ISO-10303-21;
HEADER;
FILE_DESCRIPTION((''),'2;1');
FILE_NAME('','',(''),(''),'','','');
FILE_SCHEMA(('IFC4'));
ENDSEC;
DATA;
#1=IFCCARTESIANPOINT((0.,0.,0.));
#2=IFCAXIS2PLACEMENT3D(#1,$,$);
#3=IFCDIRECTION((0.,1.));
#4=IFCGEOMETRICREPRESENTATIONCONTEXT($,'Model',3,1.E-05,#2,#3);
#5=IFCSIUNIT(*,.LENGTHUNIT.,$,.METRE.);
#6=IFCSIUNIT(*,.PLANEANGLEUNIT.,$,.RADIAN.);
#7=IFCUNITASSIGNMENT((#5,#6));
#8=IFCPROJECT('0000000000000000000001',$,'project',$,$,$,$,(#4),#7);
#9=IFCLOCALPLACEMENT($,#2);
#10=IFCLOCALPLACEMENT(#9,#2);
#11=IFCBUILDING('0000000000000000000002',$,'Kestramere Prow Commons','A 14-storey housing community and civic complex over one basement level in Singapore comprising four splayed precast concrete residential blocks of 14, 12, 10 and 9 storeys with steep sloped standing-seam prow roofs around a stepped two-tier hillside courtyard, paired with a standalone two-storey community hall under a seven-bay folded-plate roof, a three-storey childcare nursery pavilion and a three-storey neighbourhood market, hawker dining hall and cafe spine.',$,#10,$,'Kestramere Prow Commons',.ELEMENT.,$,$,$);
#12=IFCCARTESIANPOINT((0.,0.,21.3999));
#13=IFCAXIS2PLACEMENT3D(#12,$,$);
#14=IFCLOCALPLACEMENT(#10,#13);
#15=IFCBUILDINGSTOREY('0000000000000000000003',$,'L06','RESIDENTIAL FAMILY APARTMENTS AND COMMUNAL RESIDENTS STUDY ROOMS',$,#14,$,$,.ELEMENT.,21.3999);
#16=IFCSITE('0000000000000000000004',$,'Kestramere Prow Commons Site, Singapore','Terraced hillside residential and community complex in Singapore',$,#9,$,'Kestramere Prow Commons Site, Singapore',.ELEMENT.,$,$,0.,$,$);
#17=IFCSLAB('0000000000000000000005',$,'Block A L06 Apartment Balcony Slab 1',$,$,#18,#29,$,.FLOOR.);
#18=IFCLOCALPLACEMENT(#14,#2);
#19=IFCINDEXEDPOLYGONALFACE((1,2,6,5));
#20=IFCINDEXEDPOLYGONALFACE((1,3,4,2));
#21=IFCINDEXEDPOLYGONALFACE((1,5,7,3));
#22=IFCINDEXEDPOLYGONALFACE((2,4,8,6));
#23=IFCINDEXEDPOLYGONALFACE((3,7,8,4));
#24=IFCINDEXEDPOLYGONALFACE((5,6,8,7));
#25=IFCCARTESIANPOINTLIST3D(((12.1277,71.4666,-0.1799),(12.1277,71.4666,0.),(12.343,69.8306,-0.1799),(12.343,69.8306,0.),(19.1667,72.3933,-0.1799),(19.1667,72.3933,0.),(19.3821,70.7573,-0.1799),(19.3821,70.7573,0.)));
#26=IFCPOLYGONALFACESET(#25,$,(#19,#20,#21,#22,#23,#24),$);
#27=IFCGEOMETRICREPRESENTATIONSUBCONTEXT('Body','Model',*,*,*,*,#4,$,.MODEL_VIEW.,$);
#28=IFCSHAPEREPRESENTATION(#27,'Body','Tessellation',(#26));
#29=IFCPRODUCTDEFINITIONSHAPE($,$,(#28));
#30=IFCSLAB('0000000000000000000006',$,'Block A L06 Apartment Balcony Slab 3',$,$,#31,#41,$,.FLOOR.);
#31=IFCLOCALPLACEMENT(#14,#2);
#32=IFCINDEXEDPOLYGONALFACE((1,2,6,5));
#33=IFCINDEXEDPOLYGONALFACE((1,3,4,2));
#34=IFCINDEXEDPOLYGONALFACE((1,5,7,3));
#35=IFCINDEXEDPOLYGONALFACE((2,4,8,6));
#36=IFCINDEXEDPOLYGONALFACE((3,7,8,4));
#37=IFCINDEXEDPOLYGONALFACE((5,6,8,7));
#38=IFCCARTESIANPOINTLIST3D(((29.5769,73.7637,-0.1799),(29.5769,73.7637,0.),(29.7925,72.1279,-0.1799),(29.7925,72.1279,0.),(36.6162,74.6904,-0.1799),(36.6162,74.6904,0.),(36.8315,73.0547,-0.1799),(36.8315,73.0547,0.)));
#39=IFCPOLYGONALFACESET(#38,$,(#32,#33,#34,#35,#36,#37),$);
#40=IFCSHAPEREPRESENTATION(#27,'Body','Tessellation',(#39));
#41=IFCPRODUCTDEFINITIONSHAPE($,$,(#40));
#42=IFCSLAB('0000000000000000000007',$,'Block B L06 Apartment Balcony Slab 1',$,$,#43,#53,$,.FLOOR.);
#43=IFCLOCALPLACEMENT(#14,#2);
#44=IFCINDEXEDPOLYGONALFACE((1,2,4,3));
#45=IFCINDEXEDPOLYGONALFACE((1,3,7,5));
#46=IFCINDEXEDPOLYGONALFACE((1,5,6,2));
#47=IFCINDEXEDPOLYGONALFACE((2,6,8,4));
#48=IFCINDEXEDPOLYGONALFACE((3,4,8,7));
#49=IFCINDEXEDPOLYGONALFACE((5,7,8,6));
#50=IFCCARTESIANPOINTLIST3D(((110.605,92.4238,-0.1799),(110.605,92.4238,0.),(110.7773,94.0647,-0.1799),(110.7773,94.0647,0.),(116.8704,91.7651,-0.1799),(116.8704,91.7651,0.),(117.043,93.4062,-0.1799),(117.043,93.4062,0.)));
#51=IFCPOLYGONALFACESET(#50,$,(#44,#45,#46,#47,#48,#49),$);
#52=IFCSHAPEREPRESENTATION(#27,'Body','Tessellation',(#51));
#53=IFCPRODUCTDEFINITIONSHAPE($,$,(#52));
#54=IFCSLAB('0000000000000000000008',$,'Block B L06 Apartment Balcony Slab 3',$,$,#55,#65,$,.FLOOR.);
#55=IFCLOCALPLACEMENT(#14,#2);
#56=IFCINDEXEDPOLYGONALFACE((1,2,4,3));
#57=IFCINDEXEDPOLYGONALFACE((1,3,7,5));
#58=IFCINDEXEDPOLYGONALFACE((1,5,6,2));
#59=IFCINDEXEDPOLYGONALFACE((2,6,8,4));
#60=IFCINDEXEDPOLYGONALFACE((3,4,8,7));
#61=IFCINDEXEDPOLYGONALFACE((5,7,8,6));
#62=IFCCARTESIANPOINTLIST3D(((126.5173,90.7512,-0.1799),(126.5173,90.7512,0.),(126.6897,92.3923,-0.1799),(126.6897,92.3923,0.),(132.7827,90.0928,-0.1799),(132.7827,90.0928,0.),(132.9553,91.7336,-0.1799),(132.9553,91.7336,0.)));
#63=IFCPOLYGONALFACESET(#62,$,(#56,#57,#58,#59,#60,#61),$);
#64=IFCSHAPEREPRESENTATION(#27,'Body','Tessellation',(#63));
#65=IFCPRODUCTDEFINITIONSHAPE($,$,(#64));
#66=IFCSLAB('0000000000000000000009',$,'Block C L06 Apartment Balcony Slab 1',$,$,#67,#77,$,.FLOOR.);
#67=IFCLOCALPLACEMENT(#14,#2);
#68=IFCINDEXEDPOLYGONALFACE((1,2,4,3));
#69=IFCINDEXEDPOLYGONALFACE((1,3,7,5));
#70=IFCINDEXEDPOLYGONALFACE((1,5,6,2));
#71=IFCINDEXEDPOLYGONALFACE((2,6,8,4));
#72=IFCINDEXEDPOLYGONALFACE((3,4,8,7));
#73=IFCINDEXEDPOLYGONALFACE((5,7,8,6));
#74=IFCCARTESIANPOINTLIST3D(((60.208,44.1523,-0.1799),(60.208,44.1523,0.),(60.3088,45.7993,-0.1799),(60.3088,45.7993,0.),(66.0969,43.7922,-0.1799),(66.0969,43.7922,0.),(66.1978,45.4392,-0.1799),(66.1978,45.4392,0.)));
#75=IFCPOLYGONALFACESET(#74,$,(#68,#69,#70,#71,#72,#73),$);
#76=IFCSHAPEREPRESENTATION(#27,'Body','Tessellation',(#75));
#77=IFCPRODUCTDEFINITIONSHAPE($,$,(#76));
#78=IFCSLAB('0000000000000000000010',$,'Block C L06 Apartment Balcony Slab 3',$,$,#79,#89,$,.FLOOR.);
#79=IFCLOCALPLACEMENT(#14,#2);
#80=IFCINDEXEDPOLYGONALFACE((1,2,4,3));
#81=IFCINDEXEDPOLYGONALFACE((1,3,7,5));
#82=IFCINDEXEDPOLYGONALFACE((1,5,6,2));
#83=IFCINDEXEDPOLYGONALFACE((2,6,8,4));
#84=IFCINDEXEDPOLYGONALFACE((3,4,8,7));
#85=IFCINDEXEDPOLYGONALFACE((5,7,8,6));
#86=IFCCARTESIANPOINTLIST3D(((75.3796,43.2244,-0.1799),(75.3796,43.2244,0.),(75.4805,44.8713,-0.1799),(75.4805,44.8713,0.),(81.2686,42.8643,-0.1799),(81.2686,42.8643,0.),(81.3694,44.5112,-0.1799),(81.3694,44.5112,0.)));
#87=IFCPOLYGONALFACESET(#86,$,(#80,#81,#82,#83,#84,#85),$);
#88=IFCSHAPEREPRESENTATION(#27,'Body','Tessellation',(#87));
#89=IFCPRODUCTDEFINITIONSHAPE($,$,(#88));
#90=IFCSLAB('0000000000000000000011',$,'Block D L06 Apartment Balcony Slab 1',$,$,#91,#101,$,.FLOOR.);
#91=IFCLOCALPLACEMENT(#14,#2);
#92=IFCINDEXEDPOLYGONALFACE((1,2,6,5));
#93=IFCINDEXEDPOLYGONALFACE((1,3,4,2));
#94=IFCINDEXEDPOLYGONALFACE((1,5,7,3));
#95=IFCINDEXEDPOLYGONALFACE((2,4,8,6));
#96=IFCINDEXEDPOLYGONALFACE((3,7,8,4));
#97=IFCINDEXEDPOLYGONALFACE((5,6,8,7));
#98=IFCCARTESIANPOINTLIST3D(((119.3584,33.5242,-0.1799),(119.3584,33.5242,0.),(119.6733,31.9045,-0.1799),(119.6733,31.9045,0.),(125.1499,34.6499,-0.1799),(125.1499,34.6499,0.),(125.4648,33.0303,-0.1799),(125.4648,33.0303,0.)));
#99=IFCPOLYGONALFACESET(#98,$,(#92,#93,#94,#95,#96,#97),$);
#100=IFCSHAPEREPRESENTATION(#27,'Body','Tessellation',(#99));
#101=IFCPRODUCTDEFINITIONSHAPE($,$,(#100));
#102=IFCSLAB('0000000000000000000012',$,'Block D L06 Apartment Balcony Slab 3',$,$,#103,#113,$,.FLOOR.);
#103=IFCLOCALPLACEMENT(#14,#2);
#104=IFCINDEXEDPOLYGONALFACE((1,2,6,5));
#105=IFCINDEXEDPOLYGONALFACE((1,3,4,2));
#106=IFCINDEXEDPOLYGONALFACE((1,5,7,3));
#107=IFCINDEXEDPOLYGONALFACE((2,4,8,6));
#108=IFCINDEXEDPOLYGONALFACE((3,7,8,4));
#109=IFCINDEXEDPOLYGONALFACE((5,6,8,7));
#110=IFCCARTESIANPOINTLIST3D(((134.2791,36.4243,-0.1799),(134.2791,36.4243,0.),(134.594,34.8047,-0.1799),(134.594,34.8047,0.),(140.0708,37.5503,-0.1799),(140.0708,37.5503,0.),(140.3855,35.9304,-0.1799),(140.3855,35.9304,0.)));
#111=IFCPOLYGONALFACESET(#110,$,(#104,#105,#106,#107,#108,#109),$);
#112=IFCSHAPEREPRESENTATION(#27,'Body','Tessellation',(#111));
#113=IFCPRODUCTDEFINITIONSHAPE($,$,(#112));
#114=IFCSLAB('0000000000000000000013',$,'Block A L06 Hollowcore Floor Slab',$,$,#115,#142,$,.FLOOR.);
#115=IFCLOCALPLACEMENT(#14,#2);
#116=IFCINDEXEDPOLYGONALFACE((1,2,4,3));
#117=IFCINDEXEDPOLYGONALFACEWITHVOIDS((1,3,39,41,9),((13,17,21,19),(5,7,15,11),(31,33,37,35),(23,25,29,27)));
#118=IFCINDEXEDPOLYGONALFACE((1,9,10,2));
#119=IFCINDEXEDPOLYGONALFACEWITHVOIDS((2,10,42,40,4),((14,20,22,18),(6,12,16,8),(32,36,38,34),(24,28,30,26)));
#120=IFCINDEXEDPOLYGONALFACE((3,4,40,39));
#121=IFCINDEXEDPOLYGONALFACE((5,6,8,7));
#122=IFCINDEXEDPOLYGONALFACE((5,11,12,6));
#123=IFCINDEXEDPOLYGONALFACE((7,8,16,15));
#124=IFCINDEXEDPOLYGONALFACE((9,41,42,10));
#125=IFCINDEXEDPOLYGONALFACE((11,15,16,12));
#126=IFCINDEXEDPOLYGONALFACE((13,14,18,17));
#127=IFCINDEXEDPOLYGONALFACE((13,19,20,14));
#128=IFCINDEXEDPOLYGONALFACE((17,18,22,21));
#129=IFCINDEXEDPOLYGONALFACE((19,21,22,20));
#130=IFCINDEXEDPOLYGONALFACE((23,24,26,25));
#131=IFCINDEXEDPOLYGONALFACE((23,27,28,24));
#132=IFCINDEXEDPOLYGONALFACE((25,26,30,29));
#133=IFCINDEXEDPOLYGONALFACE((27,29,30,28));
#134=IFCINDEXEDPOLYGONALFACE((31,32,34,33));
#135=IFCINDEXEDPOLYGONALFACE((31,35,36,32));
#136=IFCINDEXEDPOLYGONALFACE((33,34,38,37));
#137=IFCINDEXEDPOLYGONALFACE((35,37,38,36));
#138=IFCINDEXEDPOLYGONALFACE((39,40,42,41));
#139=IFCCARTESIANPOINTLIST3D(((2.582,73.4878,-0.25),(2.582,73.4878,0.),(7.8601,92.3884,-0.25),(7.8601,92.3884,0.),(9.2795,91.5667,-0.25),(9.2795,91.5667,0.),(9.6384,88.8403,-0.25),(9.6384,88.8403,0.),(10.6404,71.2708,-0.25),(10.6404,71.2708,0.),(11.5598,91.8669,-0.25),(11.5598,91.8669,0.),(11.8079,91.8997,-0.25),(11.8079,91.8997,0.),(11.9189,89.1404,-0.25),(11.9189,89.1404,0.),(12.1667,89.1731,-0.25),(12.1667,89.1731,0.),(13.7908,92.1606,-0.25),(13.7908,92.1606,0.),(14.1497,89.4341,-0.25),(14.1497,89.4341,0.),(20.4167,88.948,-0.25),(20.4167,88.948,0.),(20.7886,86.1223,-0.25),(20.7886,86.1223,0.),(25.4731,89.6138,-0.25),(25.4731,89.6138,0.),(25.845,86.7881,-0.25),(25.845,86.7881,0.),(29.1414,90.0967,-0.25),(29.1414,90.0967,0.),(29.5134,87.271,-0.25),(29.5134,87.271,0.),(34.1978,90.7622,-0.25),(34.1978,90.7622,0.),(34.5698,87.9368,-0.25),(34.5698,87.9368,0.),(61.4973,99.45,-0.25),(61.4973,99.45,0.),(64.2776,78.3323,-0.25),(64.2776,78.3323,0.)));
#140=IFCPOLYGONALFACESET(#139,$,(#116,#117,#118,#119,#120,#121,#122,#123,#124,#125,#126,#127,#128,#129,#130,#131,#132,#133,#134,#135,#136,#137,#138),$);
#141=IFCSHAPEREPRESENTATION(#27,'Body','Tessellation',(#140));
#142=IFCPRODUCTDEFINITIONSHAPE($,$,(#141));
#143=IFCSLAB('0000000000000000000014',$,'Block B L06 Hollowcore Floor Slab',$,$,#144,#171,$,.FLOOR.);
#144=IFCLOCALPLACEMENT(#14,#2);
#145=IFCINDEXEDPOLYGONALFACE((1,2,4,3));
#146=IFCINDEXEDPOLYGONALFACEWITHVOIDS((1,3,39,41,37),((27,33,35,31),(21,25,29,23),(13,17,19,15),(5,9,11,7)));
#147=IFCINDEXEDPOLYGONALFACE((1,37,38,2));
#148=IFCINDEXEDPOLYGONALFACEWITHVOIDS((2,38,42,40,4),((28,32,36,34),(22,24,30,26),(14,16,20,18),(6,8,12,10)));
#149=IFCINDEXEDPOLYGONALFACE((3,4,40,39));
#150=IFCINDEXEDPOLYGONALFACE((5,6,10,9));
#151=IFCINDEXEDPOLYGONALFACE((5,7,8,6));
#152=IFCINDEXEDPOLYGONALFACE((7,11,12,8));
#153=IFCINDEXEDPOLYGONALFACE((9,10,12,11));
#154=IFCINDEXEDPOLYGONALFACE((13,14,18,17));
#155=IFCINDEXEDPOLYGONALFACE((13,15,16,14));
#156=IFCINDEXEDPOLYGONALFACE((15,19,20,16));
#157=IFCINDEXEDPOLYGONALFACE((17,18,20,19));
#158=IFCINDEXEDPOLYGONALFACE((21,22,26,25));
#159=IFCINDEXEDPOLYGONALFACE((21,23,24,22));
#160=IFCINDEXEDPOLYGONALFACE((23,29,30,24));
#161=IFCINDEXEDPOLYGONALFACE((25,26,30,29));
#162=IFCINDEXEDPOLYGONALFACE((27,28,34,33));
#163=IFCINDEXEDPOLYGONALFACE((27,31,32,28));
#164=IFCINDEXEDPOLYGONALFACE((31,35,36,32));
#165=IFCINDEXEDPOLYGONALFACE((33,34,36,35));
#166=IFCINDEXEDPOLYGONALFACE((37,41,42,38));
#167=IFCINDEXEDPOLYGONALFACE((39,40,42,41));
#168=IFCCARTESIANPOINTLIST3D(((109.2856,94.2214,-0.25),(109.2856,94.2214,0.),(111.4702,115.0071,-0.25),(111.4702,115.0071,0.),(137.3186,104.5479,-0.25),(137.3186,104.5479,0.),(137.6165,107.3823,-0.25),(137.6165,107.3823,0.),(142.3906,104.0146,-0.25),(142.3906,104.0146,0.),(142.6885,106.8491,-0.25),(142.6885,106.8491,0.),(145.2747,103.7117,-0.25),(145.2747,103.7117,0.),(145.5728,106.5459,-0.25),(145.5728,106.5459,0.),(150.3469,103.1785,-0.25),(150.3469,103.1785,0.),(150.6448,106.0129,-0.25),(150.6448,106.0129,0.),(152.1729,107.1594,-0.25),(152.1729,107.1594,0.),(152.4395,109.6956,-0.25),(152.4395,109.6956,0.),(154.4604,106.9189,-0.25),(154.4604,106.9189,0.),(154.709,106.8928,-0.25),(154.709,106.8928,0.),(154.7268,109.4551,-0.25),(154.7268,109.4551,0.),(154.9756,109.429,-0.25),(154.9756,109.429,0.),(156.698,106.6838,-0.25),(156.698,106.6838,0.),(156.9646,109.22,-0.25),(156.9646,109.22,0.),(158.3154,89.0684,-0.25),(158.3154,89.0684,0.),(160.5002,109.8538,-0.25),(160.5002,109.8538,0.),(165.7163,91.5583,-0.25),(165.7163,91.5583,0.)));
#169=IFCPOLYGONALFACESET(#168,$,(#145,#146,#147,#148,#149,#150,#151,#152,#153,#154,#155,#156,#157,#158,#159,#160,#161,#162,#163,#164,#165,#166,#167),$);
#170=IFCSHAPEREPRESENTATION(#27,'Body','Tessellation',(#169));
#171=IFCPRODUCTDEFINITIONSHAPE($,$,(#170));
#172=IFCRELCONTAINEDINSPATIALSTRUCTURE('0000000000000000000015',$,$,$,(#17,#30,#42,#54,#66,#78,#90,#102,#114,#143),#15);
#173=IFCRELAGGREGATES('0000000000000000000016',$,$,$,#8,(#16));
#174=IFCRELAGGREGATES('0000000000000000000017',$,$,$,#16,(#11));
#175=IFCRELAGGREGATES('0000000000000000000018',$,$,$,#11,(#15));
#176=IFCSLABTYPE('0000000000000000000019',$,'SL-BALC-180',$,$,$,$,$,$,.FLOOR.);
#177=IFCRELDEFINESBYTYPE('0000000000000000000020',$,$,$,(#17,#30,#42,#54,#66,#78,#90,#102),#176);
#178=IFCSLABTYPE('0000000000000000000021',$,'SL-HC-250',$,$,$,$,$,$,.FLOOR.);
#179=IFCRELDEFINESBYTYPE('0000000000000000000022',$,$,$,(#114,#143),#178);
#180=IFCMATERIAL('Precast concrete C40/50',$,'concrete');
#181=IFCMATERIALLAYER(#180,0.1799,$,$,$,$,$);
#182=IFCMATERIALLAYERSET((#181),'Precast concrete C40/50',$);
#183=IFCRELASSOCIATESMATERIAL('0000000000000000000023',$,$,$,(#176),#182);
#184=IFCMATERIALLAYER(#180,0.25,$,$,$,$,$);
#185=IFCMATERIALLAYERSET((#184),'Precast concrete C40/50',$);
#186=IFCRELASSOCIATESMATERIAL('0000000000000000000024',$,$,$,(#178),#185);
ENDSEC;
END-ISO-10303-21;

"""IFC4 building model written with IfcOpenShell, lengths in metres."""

from ifc_helpers import new_model, si_unit, direction, frame, origin, place, context, subcontext, project, spatial, polyline, outline, extrude, material, layer, layer_set, type_object, element, save


model = new_model("IFC4")

# Units and contexts
model_context = context("Model", 3, precision=1e-05, world=origin(), true_north=direction((0.0, 1.0)))
body_context = subcontext(model_context, "Body", "Model", "MODEL_VIEW")
ifc_project = project(units=[si_unit("LENGTHUNIT", "METRE"), si_unit("PLANEANGLEUNIT", "RADIAN")], contexts=[model_context])

# Site, building, storey
site_placement = place(None, origin())
site = spatial("IfcSite", under=ifc_project, at=site_placement, Name="Kestramere Prow Commons Site, Singapore", Description="Terraced hillside residential and community complex in Singapore", LongName="Kestramere Prow Commons Site, Singapore", CompositionType="ELEMENT", RefElevation=0.0)
building_placement = place(site_placement, origin())
building = spatial("IfcBuilding", under=site, at=building_placement, Name="Kestramere Prow Commons", Description="A 14-storey housing community and civic complex over one basement level in Singapore comprising four splayed precast concrete residential blocks of 14, 12, 10 and 9 storeys with steep sloped standing-seam prow roofs around a stepped two-tier hillside courtyard, paired with a standalone two-storey community hall under a seven-bay folded-plate roof, a three-storey childcare nursery pavilion and a three-storey neighbourhood market, hawker dining hall and cafe spine.", LongName="Kestramere Prow Commons", CompositionType="ELEMENT")
storey_placement = place(building_placement, frame((0.0, 0.0, 21.3999)))
storey = spatial("IfcBuildingStorey", under=building, at=storey_placement, Name="L06", Description="RESIDENTIAL FAMILY APARTMENTS AND COMMUNAL RESIDENTS STUDY ROOMS", CompositionType="ELEMENT", Elevation=21.3999)

# Slabs
ifc_material_1 = material(Name="Precast concrete C40/50", Category="concrete")
ifc_layer_1 = layer(ifc_material_1, 0.1799)
ifc_layer_set_1 = layer_set([ifc_layer_1], Name="Precast concrete C40/50")
slab_type_1 = type_object("IfcSlabType", Name="SL-BALC-180", PredefinedType="FLOOR", material=ifc_layer_set_1)
slab_1_placement = place(storey_placement, frame((0.0, 0.0, -0.1799)))
element("IfcSlab", 1, at=slab_1_placement, inside=storey, type_object=slab_type_1, Name="Block A L06 Apartment Balcony Slab 1", PredefinedType="FLOOR", context=body_context, shape_type="SweptSolid", body=[
    extrude(outline(polyline([(12.343, 69.8306), (19.3821, 70.7573), (19.1667, 72.3933), (12.1277, 71.4666), (12.343, 69.8306)])), origin(), (0.0, 0.0, 1.0), 0.1799),
])
slab_2_placement = place(storey_placement, frame((0.0, 0.0, -0.1799)))
element("IfcSlab", 2, at=slab_2_placement, inside=storey, type_object=slab_type_1, Name="Block A L06 Apartment Balcony Slab 3", PredefinedType="FLOOR", context=body_context, shape_type="SweptSolid", body=[
    extrude(outline(polyline([(29.7925, 72.1279), (36.8315, 73.0547), (36.6162, 74.6904), (29.5769, 73.7637), (29.7925, 72.1279)])), origin(), (0.0, 0.0, 1.0), 0.1799),
])
slab_3_placement = place(storey_placement, frame((0.0, 0.0, -0.1799)))
element("IfcSlab", 3, at=slab_3_placement, inside=storey, type_object=slab_type_1, Name="Block B L06 Apartment Balcony Slab 1", PredefinedType="FLOOR", context=body_context, shape_type="SweptSolid", body=[
    extrude(outline(polyline([(110.605, 92.4238), (116.8704, 91.7651), (117.043, 93.4062), (110.7773, 94.0647), (110.605, 92.4238)])), origin(), (0.0, 0.0, 1.0), 0.1799),
])
slab_4_placement = place(storey_placement, frame((0.0, 0.0, -0.1799)))
element("IfcSlab", 4, at=slab_4_placement, inside=storey, type_object=slab_type_1, Name="Block B L06 Apartment Balcony Slab 3", PredefinedType="FLOOR", context=body_context, shape_type="SweptSolid", body=[
    extrude(outline(polyline([(126.5173, 90.7512), (132.7827, 90.0928), (132.9553, 91.7336), (126.6897, 92.3923), (126.5173, 90.7512)])), origin(), (0.0, 0.0, 1.0), 0.1799),
])
slab_5_placement = place(storey_placement, frame((0.0, 0.0, -0.1799)))
element("IfcSlab", 5, at=slab_5_placement, inside=storey, type_object=slab_type_1, Name="Block C L06 Apartment Balcony Slab 1", PredefinedType="FLOOR", context=body_context, shape_type="SweptSolid", body=[
    extrude(outline(polyline([(60.208, 44.1523), (66.0969, 43.7922), (66.1978, 45.4392), (60.3088, 45.7993), (60.208, 44.1523)])), origin(), (0.0, 0.0, 1.0), 0.1799),
])
slab_6_placement = place(storey_placement, frame((0.0, 0.0, -0.1799)))
element("IfcSlab", 6, at=slab_6_placement, inside=storey, type_object=slab_type_1, Name="Block C L06 Apartment Balcony Slab 3", PredefinedType="FLOOR", context=body_context, shape_type="SweptSolid", body=[
    extrude(outline(polyline([(75.3796, 43.2244), (81.2686, 42.8643), (81.3694, 44.5112), (75.4805, 44.8713), (75.3796, 43.2244)])), origin(), (0.0, 0.0, 1.0), 0.1799),
])
slab_7_placement = place(storey_placement, frame((0.0, 0.0, -0.1799)))
element("IfcSlab", 7, at=slab_7_placement, inside=storey, type_object=slab_type_1, Name="Block D L06 Apartment Balcony Slab 1", PredefinedType="FLOOR", context=body_context, shape_type="SweptSolid", body=[
    extrude(outline(polyline([(119.6733, 31.9045), (125.4648, 33.0303), (125.1499, 34.6499), (119.3584, 33.5242), (119.6733, 31.9045)])), origin(), (0.0, 0.0, 1.0), 0.1799),
])
slab_8_placement = place(storey_placement, frame((0.0, 0.0, -0.1799)))
element("IfcSlab", 8, at=slab_8_placement, inside=storey, type_object=slab_type_1, Name="Block D L06 Apartment Balcony Slab 3", PredefinedType="FLOOR", context=body_context, shape_type="SweptSolid", body=[
    extrude(outline(polyline([(134.594, 34.8047), (140.3855, 35.9304), (140.0708, 37.5503), (134.2791, 36.4243), (134.594, 34.8047)])), origin(), (0.0, 0.0, 1.0), 0.1799),
])
ifc_layer_2 = layer(ifc_material_1, 0.25)
ifc_layer_set_2 = layer_set([ifc_layer_2], Name="Precast concrete C40/50")
slab_type_2 = type_object("IfcSlabType", Name="SL-HC-250", PredefinedType="FLOOR", material=ifc_layer_set_2)
slab_9_placement = place(storey_placement, frame((0.0, 0.0, -0.25)))
element("IfcSlab", 9, at=slab_9_placement, inside=storey, type_object=slab_type_2, Name="Block A L06 Hollowcore Floor Slab", PredefinedType="FLOOR", context=body_context, shape_type="SweptSolid", body=[
    extrude(outline(polyline([(2.582, 73.4878), (10.6404, 71.2708), (64.2776, 78.3323), (61.4973, 99.45), (7.8601, 92.3884), (2.582, 73.4878)]), holes=[polyline([(9.6384, 88.8403), (11.9189, 89.1404), (11.5598, 91.8669), (9.2795, 91.5667), (9.6384, 88.8403)]), polyline([(12.1667, 89.1731), (14.1497, 89.4341), (13.7908, 92.1606), (11.8079, 91.8997), (12.1667, 89.1731)]), polyline([(20.7886, 86.1223), (25.845, 86.7881), (25.4731, 89.6138), (20.4167, 88.948), (20.7886, 86.1223)]), polyline([(29.5134, 87.271), (34.5698, 87.9368), (34.1978, 90.7622), (29.1414, 90.0967), (29.5134, 87.271)])]), origin(), (0.0, 0.0, 1.0), 0.25),
])
slab_10_placement = place(storey_placement, frame((0.0, 0.0, -0.25)))
element("IfcSlab", 10, at=slab_10_placement, inside=storey, type_object=slab_type_2, Name="Block B L06 Hollowcore Floor Slab", PredefinedType="FLOOR", context=body_context, shape_type="SweptSolid", body=[
    extrude(outline(polyline([(109.2856, 94.2214), (158.3154, 89.0684), (165.7163, 91.5583), (160.5002, 109.8538), (111.4702, 115.0071), (109.2856, 94.2214)]), holes=[polyline([(152.1729, 107.1594), (154.4604, 106.9189), (154.7268, 109.4551), (152.4395, 109.6956), (152.1729, 107.1594)]), polyline([(154.709, 106.8928), (156.698, 106.6838), (156.9646, 109.22), (154.9756, 109.429), (154.709, 106.8928)]), polyline([(137.3186, 104.5479), (142.3906, 104.0146), (142.6885, 106.8491), (137.6165, 107.3823), (137.3186, 104.5479)]), polyline([(145.2747, 103.7117), (150.3469, 103.1785), (150.6448, 106.0129), (145.5728, 106.5459), (145.2747, 103.7117)])]), origin(), (0.0, 0.0, 1.0), 0.25),
])

save(model, "model.ifc")
